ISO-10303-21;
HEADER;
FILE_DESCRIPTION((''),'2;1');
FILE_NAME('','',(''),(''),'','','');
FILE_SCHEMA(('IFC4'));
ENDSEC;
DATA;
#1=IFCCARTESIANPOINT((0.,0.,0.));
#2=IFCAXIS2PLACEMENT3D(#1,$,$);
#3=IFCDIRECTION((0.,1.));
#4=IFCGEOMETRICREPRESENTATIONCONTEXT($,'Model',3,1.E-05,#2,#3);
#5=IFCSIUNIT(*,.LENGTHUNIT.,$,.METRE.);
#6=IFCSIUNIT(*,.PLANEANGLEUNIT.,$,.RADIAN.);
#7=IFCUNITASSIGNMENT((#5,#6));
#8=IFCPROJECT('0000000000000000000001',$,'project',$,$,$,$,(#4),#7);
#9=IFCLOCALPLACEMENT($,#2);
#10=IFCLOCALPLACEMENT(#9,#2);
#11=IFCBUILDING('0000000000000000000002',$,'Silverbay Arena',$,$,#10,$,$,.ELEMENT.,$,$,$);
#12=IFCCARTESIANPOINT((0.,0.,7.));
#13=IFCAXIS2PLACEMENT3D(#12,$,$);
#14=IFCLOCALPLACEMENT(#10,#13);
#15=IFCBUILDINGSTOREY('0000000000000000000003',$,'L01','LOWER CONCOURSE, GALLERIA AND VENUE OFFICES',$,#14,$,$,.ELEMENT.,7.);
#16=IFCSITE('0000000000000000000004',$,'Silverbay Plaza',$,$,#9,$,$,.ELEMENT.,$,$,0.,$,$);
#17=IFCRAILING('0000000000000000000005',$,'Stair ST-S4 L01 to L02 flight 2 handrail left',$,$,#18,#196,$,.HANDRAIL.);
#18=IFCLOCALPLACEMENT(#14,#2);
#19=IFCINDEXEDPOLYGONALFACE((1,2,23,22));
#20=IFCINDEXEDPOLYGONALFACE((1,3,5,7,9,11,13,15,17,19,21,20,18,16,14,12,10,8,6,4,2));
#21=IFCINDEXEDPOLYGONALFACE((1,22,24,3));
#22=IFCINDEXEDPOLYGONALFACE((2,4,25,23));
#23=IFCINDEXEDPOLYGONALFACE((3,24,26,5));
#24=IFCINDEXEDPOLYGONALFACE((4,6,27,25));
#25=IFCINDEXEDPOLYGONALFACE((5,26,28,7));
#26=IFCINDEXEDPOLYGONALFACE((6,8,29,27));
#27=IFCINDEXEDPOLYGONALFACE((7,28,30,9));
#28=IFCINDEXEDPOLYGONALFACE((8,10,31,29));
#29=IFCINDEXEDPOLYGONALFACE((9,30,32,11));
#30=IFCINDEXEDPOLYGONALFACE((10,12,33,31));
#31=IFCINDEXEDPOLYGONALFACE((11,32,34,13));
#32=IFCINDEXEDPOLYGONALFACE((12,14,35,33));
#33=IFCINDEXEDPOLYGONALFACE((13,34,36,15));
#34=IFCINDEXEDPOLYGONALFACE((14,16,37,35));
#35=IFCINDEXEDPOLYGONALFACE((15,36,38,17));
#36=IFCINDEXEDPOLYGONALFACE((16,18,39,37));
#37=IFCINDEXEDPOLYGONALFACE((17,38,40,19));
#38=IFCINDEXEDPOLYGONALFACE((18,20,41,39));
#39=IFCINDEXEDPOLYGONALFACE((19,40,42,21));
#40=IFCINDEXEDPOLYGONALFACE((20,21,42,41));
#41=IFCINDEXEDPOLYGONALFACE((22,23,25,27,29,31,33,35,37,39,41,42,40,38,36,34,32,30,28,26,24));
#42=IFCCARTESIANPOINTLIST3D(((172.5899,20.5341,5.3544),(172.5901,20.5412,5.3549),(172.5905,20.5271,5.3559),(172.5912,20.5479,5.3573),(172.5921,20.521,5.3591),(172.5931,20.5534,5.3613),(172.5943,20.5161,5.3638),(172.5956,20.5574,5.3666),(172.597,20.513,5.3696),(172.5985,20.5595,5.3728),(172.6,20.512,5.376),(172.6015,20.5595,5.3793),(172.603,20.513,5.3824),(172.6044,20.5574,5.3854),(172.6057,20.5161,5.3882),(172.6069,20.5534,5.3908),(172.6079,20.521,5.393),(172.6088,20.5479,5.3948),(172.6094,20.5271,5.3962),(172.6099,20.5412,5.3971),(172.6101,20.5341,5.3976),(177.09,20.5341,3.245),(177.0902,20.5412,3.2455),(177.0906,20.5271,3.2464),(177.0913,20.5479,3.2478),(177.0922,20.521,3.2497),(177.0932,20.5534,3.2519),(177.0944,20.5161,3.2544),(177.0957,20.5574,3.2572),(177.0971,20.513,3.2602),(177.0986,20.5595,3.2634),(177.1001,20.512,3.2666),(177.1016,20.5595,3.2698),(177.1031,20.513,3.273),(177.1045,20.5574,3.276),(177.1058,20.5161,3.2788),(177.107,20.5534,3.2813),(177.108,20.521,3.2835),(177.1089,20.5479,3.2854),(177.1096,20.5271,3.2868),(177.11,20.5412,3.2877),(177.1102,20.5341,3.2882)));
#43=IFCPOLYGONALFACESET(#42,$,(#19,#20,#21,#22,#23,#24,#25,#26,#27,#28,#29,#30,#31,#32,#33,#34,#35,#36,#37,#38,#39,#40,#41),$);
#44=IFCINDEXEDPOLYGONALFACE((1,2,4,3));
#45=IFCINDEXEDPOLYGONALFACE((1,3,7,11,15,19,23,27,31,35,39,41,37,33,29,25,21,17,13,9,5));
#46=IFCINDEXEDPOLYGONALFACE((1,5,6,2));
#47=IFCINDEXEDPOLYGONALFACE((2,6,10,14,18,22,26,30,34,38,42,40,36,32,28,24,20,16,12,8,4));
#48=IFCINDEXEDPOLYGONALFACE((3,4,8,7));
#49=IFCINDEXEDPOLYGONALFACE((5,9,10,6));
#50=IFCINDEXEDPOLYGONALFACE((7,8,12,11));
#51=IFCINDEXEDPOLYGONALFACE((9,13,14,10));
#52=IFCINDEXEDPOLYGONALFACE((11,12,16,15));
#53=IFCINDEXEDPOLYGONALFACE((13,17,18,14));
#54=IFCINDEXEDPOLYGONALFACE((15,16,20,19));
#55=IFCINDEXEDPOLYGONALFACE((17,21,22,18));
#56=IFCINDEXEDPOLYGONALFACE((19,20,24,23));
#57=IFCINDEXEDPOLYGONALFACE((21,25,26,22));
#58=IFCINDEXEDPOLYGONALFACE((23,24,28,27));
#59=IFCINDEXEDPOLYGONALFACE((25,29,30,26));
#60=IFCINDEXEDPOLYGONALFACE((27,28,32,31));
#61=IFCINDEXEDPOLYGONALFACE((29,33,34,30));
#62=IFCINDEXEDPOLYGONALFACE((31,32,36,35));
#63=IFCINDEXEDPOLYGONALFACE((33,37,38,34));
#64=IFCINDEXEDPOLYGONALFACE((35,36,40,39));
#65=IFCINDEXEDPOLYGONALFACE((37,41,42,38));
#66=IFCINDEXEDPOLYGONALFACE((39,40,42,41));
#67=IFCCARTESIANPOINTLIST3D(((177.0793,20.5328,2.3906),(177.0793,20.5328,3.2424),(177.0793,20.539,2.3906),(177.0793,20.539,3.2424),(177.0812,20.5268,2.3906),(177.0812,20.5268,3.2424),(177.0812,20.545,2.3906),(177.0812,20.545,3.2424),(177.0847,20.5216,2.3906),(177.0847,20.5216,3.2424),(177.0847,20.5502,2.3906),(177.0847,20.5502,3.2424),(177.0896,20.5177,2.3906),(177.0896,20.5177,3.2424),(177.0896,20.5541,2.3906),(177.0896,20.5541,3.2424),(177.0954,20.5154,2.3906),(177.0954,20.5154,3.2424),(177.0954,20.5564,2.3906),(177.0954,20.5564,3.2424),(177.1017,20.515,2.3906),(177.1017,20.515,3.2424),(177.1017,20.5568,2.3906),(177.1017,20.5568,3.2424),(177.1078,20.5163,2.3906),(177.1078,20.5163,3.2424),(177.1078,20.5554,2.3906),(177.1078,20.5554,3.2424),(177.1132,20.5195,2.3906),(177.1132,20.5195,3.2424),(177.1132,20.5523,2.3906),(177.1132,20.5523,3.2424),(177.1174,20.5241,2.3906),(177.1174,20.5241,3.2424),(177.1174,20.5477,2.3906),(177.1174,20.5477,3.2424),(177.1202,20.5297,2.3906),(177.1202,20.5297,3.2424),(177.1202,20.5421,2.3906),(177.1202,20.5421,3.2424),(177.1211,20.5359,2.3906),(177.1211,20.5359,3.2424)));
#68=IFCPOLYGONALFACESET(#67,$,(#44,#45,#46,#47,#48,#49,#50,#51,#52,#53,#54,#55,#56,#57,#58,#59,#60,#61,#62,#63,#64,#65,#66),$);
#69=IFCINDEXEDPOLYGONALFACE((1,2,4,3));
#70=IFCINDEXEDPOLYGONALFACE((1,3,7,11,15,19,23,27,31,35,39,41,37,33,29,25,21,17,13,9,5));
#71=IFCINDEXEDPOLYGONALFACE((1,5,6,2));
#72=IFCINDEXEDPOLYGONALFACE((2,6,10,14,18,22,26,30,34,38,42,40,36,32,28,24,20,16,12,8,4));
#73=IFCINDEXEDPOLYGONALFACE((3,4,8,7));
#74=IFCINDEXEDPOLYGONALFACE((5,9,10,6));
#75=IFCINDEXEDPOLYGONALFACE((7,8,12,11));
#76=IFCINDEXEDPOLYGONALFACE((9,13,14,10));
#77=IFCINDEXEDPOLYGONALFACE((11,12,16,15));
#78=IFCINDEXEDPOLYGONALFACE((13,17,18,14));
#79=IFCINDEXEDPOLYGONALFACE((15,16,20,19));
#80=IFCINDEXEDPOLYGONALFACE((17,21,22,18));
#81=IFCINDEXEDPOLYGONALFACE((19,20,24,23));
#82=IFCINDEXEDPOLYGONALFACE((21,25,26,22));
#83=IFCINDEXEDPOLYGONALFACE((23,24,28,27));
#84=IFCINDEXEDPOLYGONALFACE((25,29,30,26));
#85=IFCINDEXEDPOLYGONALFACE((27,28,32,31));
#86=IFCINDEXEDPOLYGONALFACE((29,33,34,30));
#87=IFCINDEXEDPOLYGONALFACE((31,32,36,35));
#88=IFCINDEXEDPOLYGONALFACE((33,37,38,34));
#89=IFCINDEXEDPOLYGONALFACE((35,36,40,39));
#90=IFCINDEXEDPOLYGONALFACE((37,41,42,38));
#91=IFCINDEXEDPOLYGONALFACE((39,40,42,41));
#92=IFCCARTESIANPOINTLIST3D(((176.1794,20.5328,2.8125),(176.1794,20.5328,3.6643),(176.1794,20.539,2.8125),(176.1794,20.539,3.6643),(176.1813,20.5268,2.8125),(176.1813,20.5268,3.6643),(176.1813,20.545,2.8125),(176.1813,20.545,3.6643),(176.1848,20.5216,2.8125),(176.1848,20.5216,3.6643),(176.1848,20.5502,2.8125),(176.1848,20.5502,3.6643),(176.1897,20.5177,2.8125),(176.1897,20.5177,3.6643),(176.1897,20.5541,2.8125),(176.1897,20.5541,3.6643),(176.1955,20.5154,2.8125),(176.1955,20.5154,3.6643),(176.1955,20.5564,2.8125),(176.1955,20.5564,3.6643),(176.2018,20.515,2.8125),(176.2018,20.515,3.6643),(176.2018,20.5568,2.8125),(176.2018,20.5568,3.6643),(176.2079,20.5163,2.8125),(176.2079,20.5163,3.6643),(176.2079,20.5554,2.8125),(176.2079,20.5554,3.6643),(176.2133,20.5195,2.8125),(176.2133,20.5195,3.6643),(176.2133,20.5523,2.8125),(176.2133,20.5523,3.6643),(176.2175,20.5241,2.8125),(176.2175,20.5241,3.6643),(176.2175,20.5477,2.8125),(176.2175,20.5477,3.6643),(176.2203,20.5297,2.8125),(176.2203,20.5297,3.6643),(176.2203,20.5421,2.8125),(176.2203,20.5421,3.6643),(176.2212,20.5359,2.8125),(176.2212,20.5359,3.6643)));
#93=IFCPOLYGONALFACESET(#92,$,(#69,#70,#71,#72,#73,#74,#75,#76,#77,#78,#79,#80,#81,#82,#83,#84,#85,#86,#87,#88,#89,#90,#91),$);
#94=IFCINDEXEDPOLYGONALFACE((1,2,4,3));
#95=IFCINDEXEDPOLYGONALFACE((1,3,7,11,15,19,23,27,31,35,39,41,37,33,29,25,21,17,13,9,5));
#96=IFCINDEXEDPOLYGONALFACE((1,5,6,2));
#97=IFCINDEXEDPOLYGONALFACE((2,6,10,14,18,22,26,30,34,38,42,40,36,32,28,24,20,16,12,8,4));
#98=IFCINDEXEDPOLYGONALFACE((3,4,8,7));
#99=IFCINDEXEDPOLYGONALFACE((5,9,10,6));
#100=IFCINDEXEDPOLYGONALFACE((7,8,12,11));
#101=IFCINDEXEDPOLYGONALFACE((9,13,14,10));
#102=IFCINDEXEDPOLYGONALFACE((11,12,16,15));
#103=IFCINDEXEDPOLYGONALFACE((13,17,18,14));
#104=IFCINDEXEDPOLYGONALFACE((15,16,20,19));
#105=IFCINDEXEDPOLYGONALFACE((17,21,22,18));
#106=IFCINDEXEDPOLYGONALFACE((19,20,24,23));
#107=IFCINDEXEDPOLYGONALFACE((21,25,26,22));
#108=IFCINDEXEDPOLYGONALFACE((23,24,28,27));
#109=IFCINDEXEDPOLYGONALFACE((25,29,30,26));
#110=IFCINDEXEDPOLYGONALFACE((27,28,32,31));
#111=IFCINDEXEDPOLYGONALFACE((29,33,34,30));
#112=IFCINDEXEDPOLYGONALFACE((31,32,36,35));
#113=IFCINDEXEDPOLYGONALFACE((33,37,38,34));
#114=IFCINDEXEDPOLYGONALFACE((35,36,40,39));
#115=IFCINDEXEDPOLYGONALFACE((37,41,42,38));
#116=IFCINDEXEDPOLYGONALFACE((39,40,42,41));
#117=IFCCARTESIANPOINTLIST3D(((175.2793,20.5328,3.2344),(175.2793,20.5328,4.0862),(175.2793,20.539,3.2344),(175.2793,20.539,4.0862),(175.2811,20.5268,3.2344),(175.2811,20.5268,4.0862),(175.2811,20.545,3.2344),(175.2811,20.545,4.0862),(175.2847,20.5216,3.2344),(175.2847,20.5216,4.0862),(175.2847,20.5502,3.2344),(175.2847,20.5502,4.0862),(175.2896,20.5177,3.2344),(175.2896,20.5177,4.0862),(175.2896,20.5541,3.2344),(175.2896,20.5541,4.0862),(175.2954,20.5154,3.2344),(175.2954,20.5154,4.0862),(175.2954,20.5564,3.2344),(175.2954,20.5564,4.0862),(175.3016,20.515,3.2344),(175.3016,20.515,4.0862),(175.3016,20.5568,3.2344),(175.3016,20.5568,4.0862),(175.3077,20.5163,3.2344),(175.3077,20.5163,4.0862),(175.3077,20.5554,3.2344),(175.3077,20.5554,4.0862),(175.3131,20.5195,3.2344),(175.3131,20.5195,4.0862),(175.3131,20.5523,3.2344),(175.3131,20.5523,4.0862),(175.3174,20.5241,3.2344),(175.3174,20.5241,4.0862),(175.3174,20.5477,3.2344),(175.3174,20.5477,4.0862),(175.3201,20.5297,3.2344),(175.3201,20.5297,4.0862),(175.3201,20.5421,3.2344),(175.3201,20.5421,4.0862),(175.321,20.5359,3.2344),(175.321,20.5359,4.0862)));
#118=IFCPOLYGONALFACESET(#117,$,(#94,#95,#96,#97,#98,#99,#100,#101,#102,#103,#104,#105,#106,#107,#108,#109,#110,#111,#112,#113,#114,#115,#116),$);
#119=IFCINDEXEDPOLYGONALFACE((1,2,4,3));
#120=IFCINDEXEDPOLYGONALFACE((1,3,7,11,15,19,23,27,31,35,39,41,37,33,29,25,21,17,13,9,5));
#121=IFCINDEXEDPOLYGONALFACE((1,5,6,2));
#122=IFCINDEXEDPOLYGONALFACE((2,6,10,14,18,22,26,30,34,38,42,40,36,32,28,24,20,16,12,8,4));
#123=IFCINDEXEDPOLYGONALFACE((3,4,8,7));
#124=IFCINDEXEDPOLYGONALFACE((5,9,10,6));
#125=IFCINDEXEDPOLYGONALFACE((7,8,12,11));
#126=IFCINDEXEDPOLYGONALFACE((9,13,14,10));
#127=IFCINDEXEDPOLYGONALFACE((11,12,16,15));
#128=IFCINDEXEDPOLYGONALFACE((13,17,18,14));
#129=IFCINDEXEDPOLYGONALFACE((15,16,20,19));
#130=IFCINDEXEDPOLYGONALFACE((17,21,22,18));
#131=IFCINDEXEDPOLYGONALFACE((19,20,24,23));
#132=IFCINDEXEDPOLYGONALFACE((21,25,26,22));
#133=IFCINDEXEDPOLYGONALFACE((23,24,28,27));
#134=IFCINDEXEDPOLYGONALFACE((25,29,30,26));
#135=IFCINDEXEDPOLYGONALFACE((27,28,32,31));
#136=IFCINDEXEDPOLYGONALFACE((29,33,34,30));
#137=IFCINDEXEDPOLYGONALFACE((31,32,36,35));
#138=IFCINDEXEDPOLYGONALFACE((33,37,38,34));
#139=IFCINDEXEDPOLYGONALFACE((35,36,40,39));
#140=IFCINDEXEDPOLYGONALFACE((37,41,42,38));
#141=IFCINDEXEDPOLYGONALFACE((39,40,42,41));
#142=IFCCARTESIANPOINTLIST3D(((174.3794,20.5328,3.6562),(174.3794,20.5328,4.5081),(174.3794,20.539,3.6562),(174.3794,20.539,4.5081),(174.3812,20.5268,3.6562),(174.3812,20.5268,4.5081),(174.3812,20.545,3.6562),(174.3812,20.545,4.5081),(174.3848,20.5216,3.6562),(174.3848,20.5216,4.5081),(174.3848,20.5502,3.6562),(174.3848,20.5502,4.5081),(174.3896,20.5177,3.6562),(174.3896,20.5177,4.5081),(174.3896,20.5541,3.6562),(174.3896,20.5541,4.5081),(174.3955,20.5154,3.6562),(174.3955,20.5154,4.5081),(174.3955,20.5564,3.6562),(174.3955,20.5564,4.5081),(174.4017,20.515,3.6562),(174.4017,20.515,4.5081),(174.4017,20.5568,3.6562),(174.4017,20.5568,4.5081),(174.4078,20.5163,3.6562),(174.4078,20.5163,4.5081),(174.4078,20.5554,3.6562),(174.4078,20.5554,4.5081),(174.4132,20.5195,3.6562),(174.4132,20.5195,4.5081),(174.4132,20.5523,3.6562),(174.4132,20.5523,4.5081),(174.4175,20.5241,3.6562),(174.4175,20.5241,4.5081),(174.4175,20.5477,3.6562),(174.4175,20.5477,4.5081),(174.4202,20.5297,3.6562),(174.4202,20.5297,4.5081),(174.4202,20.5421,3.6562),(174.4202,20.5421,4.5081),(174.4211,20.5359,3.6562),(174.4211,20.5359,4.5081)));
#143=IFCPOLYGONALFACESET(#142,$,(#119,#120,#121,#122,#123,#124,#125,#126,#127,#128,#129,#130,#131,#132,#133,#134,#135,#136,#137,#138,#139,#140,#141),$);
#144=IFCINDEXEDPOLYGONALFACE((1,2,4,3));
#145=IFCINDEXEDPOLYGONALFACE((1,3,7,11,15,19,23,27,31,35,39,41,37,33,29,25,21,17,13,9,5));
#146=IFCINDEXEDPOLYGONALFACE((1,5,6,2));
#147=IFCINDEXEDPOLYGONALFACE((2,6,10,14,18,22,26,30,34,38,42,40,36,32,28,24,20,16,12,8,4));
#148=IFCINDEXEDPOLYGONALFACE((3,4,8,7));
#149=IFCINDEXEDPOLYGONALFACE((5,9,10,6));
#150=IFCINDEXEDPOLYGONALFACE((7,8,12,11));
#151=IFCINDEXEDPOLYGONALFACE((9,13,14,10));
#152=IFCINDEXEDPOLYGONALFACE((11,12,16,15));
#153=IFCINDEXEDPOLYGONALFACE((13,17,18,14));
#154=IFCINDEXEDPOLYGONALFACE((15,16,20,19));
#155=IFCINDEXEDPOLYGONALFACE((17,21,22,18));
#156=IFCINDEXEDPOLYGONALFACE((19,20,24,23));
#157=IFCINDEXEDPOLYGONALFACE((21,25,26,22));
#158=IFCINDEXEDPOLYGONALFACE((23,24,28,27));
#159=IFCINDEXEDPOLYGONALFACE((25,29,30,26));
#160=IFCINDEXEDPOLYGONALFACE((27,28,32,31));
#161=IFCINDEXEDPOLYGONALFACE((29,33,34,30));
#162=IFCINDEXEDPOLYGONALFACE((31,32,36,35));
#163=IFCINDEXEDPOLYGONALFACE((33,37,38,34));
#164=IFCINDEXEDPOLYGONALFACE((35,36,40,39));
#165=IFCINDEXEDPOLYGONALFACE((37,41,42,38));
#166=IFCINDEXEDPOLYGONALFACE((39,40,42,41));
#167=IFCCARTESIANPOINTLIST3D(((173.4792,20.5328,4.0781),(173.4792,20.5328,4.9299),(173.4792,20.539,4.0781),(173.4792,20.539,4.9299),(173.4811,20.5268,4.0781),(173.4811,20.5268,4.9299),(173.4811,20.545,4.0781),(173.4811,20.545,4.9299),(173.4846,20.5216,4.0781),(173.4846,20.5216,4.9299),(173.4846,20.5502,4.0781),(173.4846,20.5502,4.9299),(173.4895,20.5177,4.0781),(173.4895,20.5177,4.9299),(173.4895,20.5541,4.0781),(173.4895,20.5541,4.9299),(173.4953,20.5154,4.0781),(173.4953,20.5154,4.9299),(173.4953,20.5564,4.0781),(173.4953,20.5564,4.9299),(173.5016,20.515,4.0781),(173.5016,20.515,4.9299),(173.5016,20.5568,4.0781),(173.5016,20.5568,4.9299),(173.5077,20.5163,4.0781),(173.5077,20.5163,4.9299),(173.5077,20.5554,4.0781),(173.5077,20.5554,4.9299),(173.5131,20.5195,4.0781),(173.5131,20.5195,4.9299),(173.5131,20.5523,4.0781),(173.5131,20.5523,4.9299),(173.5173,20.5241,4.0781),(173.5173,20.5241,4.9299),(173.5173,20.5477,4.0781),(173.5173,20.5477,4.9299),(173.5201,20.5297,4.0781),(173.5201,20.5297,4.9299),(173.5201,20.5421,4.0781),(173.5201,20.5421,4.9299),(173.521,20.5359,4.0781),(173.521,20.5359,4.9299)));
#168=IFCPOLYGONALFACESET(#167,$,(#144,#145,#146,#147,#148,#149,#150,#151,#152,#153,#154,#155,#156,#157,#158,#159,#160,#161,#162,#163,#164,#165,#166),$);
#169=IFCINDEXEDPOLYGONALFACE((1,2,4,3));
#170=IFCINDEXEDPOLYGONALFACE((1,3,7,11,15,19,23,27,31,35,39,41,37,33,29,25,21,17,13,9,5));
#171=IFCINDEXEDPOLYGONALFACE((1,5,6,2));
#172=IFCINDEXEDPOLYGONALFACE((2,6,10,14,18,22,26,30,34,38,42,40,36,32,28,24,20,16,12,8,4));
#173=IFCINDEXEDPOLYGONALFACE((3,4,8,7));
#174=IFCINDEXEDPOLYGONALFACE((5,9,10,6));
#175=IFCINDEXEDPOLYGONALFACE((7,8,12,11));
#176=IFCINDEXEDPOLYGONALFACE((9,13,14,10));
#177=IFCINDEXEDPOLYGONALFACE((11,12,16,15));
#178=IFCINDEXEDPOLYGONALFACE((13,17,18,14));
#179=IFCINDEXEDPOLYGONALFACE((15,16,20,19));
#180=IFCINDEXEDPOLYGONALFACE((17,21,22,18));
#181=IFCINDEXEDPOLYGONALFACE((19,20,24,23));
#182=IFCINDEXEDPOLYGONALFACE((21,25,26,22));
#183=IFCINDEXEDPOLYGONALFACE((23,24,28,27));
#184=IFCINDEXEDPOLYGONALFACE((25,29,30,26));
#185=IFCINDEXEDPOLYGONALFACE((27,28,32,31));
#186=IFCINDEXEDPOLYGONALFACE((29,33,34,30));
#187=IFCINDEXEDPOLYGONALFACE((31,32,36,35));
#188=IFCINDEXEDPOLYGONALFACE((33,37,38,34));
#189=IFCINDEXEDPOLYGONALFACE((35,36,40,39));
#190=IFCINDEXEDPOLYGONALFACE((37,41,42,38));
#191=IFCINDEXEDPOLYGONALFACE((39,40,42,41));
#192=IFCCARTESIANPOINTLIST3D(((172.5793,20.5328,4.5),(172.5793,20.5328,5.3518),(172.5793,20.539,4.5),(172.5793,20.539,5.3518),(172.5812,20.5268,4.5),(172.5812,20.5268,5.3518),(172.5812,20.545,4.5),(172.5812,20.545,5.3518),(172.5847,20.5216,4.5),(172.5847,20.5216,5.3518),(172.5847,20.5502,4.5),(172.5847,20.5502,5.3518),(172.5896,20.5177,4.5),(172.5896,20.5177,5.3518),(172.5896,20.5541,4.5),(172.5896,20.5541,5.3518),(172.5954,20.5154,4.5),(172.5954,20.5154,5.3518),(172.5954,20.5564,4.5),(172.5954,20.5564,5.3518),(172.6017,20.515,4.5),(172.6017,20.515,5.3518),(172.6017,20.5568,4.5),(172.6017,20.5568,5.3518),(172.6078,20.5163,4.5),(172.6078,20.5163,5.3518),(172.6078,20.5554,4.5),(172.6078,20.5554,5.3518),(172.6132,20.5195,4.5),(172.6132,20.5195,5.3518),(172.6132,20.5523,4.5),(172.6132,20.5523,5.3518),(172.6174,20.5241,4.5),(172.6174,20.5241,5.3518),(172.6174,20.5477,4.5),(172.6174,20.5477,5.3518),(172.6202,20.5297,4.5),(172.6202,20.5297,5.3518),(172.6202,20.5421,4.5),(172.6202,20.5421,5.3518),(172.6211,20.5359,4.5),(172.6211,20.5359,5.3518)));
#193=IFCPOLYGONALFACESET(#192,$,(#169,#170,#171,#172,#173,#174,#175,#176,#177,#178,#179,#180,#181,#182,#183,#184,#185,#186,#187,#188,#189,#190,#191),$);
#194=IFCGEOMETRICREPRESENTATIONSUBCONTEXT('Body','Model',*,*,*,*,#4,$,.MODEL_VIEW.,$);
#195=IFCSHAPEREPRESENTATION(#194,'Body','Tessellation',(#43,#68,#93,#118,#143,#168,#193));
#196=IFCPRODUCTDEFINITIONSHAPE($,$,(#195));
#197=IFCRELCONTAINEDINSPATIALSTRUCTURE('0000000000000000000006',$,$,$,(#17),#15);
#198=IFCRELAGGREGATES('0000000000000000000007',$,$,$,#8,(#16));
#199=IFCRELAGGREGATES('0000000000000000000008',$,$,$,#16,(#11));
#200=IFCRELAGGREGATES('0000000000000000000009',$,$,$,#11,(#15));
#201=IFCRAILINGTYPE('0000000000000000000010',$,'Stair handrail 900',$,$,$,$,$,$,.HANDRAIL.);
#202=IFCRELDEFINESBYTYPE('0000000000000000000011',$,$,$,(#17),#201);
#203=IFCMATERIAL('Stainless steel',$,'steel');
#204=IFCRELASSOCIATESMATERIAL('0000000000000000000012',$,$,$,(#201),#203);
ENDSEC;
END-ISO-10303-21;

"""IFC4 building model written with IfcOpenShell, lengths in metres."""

from ifc_helpers import new_model, si_unit, direction, frame, origin, origin_2d, place, context, subcontext, project, spatial, circle, extrude, material, type_object, element, save


model = new_model("IFC4")

# Units and contexts
model_context = context("Model", 3, precision=1e-05, world=origin(), true_north=direction((0.0, 1.0)))
body_context = subcontext(model_context, "Body", "Model", "MODEL_VIEW")
ifc_project = project(units=[si_unit("LENGTHUNIT", "METRE"), si_unit("PLANEANGLEUNIT", "RADIAN")], contexts=[model_context])

# Site, building, storey
site_placement = place(None, origin())
site = spatial("IfcSite", under=ifc_project, at=site_placement, Name="Silverbay Plaza", CompositionType="ELEMENT", RefElevation=0.0)
building_placement = place(site_placement, origin())
building = spatial("IfcBuilding", under=site, at=building_placement, Name="Silverbay Arena", CompositionType="ELEMENT")
storey_placement = place(building_placement, frame((0.0, 0.0, 7.0)))
storey = spatial("IfcBuildingStorey", under=building, at=storey_placement, Name="L01", Description="LOWER CONCOURSE, GALLERIA AND VENUE OFFICES", CompositionType="ELEMENT", Elevation=7.0)

# Railing
ifc_material_1 = material(Name="Stainless steel", Category="steel")
railing_type_1 = type_object("IfcRailingType", Name="Stair handrail 900", PredefinedType="HANDRAIL", material=ifc_material_1)
for number, where, name in (
    (1, (177.1001, 20.5359, 2.3906), "Stair ST-S4 L01 to L02 flight 2 handrail left"),
):
    element("IfcRailing", number, at=place(storey_placement, frame(where)), inside=storey, type_object=railing_type_1, Name=name, PredefinedType="HANDRAIL", context=body_context, shape_type="SweptSolid", body=[
        extrude(circle(Radius=0.0239, at=origin_2d()), frame((0.0, 0.0, 0.876), z_axis=(-0.905459, 0.0, 0.424434), x_axis=(0.0, -1.0, 0.0)), (0.0, 0.0, 1.0), 4.97),
        extrude(circle(Radius=0.021, at=origin_2d()), origin(), (0.0, 0.0, 1.0), 0.8518),
        extrude(circle(Radius=0.021, at=origin_2d()), frame((-0.8999, 0.0, 0.4219)), (0.0, 0.0, 1.0), 0.8518),
        extrude(circle(Radius=0.021, at=origin_2d()), frame((-1.8, 0.0, 0.8438)), (0.0, 0.0, 1.0), 0.8518),
        extrude(circle(Radius=0.021, at=origin_2d()), frame((-2.7, 0.0, 1.2656)), (0.0, 0.0, 1.0), 0.8518),
        extrude(circle(Radius=0.021, at=origin_2d()), frame((-3.6001, 0.0, 1.6875)), (0.0, 0.0, 1.0), 0.8518),
        extrude(circle(Radius=0.021, at=origin_2d()), frame((-4.5, 0.0, 2.1094)), (0.0, 0.0, 1.0), 0.8518),
    ])

save(model, "model.ifc")
